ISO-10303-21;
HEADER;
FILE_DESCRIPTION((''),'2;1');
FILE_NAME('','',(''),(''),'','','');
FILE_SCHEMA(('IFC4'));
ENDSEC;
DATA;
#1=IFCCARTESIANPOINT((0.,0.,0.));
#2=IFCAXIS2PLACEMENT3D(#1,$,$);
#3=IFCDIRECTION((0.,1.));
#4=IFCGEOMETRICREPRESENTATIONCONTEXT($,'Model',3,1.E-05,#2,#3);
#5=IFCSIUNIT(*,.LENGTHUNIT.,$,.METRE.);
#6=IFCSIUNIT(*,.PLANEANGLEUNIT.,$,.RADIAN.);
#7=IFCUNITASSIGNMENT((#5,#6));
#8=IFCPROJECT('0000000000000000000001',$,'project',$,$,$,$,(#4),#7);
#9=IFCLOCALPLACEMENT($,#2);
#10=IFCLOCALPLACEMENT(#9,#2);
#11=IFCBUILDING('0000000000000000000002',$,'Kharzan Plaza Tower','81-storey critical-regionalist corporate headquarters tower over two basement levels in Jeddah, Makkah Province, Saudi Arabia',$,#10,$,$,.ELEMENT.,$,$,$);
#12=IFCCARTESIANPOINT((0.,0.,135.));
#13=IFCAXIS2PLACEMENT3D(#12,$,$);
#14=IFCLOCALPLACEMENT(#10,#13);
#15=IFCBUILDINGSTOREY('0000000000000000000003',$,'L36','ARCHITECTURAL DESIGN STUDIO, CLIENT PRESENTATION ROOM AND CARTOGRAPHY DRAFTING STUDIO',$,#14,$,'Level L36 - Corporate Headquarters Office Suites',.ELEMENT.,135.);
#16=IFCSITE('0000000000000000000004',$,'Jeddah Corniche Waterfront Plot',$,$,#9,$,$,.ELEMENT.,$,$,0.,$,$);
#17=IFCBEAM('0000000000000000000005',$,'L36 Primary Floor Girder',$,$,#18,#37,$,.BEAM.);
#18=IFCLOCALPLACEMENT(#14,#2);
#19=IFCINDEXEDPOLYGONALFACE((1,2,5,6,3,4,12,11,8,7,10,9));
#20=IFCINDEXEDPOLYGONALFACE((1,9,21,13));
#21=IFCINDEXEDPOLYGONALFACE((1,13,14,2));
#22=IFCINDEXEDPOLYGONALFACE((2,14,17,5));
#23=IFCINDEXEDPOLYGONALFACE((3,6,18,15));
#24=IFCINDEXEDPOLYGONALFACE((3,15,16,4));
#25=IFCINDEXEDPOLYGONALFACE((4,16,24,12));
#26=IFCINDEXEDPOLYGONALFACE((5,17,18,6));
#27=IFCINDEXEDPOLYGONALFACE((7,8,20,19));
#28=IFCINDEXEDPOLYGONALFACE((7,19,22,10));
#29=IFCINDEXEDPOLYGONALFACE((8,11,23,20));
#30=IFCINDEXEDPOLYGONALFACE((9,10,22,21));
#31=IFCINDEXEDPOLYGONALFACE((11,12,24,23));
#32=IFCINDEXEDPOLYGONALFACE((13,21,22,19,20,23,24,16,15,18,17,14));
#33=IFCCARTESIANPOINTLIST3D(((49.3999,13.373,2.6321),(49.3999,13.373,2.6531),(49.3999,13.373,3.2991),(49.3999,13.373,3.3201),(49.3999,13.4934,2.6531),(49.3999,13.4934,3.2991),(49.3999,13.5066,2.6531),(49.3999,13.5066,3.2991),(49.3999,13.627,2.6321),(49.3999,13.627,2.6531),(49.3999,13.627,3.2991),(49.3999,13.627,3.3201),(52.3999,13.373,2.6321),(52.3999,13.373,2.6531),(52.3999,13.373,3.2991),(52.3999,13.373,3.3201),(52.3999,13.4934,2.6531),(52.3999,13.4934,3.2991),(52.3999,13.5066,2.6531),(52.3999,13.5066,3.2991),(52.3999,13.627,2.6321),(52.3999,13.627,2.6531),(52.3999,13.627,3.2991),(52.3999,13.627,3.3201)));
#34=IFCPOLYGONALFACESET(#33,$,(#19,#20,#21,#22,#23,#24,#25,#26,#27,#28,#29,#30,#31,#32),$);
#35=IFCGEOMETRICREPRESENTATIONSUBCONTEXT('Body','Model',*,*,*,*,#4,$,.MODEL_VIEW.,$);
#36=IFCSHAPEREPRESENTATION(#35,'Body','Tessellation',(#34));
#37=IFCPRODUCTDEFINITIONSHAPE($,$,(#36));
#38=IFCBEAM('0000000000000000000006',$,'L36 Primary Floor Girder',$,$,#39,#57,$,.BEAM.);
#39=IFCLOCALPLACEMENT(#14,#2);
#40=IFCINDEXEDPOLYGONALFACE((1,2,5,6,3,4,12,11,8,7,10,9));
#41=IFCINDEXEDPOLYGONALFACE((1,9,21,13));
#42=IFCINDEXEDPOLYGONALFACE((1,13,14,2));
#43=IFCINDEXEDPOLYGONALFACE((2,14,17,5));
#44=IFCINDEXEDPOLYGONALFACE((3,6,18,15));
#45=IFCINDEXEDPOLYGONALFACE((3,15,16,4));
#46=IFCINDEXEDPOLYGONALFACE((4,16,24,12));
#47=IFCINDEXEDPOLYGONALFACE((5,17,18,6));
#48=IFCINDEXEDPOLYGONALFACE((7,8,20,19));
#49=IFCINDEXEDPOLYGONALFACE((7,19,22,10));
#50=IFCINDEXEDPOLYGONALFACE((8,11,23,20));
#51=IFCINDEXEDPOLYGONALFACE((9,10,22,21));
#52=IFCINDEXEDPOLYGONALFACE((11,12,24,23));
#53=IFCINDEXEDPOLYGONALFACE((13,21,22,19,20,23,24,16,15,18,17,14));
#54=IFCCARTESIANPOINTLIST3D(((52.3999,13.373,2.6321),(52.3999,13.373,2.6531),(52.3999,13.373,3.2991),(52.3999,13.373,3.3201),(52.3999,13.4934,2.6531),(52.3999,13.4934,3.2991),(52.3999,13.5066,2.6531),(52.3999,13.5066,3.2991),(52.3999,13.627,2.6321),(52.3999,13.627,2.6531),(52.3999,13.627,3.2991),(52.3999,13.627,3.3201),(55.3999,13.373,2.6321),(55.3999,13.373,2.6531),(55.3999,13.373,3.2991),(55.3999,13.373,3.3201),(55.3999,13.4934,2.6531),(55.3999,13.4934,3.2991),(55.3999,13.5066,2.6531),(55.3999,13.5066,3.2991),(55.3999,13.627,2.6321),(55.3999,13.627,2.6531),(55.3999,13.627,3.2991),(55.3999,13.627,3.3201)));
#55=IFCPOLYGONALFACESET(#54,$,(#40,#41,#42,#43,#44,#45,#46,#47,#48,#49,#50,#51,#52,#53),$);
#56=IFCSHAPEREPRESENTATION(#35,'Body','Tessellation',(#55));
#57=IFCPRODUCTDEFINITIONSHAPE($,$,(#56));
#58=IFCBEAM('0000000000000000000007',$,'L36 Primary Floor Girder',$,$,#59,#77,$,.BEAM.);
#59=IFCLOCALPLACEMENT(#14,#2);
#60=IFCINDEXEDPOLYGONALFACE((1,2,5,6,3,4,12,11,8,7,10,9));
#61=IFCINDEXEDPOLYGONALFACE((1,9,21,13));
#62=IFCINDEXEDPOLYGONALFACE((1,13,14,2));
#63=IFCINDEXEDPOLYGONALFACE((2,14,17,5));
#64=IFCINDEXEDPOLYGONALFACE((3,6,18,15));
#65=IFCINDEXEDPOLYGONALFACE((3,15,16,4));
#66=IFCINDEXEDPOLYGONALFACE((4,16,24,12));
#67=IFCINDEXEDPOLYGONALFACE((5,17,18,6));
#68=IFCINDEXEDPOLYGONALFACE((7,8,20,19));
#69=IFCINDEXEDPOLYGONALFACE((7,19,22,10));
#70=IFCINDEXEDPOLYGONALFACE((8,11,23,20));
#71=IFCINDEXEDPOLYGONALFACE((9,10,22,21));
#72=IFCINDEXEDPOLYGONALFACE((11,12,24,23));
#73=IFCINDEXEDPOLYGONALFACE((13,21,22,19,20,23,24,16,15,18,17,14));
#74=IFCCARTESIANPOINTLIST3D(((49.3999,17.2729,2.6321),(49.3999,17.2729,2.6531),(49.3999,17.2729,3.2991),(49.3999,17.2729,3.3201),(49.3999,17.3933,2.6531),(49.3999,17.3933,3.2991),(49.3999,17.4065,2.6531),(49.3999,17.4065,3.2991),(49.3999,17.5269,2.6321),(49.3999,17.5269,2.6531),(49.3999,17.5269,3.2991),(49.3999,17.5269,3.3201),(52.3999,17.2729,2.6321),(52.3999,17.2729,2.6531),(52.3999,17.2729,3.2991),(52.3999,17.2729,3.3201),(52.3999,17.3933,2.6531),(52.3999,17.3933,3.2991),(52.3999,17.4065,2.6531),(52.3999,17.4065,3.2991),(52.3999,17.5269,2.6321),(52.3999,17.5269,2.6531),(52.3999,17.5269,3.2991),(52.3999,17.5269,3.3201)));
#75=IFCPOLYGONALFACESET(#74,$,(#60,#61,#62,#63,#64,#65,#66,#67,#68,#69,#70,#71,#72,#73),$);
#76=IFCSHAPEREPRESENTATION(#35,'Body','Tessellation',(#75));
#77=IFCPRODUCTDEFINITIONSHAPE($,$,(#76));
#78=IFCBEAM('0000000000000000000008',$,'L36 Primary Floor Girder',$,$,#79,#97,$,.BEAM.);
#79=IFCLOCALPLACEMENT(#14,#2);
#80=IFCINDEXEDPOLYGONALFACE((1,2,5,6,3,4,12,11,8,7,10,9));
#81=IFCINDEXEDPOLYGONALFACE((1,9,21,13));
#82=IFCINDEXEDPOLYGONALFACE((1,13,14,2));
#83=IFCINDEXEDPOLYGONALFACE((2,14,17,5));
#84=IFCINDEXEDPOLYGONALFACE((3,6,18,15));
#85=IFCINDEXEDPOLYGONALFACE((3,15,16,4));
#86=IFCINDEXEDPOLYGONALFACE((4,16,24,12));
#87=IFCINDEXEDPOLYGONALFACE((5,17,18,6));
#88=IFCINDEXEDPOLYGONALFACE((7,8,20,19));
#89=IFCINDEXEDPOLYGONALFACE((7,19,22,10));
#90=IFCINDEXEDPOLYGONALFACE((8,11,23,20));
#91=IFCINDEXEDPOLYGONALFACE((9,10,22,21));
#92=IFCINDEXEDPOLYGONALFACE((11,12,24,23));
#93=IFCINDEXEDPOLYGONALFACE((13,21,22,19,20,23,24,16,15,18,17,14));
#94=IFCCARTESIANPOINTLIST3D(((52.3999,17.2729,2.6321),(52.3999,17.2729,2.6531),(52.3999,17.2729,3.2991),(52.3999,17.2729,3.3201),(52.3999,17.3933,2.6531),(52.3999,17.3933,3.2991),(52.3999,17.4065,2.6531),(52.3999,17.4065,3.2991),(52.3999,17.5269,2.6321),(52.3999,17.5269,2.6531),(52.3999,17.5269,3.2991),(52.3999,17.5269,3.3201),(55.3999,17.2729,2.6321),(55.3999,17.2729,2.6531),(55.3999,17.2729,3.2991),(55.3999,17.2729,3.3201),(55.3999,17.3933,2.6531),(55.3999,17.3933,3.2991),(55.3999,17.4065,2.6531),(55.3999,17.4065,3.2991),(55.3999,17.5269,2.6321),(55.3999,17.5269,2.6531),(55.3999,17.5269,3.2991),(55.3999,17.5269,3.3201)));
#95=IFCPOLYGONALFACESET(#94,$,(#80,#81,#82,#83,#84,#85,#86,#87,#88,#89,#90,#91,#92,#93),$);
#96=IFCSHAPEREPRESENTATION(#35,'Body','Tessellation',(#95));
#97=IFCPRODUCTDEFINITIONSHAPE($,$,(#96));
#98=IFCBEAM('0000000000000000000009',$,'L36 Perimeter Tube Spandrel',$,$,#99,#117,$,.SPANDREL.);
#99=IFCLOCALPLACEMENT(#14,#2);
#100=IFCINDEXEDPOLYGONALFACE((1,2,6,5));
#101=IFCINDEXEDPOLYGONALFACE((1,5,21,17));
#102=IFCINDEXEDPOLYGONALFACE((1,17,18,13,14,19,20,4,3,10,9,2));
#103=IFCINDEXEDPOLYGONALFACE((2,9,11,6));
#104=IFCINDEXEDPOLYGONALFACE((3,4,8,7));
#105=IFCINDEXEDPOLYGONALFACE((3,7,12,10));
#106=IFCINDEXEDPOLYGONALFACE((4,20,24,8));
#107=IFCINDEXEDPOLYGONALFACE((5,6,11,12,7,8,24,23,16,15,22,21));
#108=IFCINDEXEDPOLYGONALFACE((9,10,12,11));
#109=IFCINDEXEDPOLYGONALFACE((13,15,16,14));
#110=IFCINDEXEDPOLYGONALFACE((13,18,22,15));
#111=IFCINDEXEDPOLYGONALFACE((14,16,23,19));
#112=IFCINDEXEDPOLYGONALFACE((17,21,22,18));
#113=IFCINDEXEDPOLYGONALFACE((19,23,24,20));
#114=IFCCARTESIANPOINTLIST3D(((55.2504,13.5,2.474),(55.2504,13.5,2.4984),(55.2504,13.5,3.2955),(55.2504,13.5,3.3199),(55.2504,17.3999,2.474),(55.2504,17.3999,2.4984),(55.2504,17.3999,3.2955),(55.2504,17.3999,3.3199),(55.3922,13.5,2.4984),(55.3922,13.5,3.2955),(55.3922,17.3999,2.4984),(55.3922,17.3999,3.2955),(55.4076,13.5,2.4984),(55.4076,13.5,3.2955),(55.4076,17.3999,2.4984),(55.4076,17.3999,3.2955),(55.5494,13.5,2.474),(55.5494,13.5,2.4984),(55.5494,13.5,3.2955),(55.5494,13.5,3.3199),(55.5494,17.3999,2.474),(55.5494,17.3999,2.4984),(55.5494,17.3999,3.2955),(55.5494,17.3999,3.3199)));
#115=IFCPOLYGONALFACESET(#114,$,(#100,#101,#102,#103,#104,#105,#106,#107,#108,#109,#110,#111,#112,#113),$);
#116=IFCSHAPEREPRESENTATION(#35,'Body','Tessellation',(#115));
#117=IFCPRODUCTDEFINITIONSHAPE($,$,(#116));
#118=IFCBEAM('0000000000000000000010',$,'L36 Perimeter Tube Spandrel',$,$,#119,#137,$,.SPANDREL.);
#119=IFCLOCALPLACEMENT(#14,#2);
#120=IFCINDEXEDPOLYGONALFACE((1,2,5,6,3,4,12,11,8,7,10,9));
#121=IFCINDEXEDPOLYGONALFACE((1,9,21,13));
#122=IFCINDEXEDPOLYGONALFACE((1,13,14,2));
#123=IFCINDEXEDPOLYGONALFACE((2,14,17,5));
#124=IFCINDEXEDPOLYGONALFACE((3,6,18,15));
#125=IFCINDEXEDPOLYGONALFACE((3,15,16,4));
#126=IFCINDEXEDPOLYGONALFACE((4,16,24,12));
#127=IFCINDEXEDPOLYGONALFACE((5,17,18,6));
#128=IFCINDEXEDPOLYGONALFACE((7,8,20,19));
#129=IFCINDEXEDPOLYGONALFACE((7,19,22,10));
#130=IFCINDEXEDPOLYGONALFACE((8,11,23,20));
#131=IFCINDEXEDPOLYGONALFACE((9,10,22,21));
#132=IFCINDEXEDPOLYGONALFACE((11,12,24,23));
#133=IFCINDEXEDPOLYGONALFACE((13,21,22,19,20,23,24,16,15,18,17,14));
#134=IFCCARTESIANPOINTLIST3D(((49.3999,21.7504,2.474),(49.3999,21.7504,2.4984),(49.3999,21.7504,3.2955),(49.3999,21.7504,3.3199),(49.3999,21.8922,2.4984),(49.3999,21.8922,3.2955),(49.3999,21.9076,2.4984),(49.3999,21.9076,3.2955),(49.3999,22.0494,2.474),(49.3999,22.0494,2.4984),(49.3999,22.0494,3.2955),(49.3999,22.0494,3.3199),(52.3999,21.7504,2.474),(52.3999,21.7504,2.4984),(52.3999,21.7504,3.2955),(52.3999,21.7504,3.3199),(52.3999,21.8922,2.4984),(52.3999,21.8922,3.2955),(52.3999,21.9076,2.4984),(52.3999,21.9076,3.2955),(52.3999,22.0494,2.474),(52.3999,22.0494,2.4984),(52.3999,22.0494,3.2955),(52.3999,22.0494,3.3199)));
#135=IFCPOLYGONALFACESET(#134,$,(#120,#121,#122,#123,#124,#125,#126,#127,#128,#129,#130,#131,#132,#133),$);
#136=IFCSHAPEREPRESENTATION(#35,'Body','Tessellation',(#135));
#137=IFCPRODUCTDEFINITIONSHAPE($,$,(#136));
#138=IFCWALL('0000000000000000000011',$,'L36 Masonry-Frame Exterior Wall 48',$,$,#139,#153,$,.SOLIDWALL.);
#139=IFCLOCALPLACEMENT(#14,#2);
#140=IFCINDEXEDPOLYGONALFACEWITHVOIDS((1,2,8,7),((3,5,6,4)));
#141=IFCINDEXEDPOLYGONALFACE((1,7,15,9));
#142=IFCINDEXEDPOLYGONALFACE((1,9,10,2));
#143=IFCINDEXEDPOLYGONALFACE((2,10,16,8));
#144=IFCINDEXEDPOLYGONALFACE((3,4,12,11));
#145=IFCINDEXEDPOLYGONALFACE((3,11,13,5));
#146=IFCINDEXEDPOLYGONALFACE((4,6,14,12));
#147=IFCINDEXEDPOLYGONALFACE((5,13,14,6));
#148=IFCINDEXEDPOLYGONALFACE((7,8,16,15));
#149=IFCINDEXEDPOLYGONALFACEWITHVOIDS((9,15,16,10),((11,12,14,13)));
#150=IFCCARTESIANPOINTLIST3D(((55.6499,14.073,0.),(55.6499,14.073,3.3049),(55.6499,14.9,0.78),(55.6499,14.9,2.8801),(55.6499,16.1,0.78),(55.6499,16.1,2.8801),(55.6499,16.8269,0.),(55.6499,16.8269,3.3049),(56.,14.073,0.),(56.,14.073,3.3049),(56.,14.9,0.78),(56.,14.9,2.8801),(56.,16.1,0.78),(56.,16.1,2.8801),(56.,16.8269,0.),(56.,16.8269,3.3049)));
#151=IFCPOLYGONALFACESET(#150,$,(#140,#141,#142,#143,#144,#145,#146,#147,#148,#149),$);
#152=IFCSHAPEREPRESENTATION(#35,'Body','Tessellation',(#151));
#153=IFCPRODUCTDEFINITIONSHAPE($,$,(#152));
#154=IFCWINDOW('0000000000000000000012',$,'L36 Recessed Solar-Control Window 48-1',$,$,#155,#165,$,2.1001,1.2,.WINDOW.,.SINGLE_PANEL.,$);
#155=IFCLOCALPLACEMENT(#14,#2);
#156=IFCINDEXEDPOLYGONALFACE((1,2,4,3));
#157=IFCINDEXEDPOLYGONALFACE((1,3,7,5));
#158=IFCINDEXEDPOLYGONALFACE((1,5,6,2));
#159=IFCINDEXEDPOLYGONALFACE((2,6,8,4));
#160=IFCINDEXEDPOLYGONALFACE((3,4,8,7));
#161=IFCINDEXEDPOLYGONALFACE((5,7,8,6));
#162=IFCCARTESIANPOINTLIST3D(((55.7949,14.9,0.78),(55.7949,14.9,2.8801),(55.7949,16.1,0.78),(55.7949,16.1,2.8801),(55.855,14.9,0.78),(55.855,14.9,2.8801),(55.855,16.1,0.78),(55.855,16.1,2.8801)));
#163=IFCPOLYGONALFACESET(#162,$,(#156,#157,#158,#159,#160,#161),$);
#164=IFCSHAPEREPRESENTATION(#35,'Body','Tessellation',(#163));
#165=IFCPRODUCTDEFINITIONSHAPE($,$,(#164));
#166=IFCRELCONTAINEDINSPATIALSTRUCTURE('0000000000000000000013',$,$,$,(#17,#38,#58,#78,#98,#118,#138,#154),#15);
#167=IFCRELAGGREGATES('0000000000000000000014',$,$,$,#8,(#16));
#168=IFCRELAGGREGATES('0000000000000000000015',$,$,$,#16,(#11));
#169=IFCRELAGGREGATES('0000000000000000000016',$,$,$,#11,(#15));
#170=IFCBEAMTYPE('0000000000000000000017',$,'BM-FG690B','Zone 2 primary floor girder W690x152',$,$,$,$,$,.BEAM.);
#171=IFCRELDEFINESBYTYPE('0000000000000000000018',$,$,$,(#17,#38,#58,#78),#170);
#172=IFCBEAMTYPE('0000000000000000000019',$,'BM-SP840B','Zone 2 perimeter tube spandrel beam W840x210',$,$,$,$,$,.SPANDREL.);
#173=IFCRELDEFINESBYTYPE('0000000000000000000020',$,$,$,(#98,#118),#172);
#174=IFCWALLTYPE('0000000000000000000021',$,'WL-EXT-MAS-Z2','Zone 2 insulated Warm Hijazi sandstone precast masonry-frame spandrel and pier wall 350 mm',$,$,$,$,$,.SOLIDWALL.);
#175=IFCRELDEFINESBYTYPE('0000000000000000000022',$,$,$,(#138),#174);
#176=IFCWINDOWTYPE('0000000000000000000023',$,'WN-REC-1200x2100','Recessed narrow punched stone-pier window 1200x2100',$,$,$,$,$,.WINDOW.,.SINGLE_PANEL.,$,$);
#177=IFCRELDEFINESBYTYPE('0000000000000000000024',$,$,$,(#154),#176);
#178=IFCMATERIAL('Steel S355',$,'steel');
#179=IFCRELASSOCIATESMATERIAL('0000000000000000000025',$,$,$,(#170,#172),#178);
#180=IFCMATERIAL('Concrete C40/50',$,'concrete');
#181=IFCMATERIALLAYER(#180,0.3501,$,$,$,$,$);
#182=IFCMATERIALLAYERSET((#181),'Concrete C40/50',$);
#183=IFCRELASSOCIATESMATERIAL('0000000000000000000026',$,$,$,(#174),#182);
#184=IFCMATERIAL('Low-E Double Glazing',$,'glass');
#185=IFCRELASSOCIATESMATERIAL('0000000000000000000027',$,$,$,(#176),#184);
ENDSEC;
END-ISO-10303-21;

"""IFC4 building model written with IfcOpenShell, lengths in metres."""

from ifc_helpers import new_model, si_unit, direction, frame, frame_2d, origin, origin_2d, place, context, subcontext, project, spatial, rectangle, i_section, extrude, source, transform, mapped, material, layer, layer_set, material_profile, profile_set, type_object, element, fill, save


model = new_model("IFC4")

# Units and contexts
model_context = context("Model", 3, precision=1e-05, world=origin(), true_north=direction((0.0, 1.0)))
body_context = subcontext(model_context, "Body", "Model", "MODEL_VIEW")
ifc_project = project(units=[si_unit("LENGTHUNIT", "METRE"), si_unit("PLANEANGLEUNIT", "RADIAN")], contexts=[model_context])

# Site, building, storey
site_placement = place(None, origin())
site = spatial("IfcSite", under=ifc_project, at=site_placement, Name="Jeddah Corniche Waterfront Plot", CompositionType="ELEMENT", RefElevation=0.0)
building_placement = place(site_placement, origin())
building = spatial("IfcBuilding", under=site, at=building_placement, Name="Kharzan Plaza Tower", Description="81-storey critical-regionalist corporate headquarters tower over two basement levels in Jeddah, Makkah Province, Saudi Arabia", CompositionType="ELEMENT")
storey_placement = place(building_placement, frame((0.0, 0.0, 135.0)))
storey = spatial("IfcBuildingStorey", under=building, at=storey_placement, Name="L36", Description="ARCHITECTURAL DESIGN STUDIO, CLIENT PRESENTATION ROOM AND CARTOGRAPHY DRAFTING STUDIO", LongName="Level L36 - Corporate Headquarters Office Suites", CompositionType="ELEMENT", Elevation=135.0)

# Beams
ifc_material_1 = material(Name="Steel S355", Category="steel")
ifc_material_profile_1 = material_profile(ifc_material_1, i_section(OverallWidth=0.2539, OverallDepth=0.688, WebThickness=0.0132, FlangeThickness=0.021, at=origin_2d()), Name="W690x152")
ifc_profile_set_1 = profile_set([ifc_material_profile_1], Name="Steel S355")
beam_type_1 = type_object("IfcBeamType", Name="BM-FG690B", Description="Zone 2 primary floor girder W690x152", PredefinedType="BEAM", material=ifc_profile_set_1)
shared_shape_1 = source(origin(), body_context, "Body", "SweptSolid", [
    extrude(i_section(OverallWidth=0.2539, OverallDepth=0.688, WebThickness=0.0132, FlangeThickness=0.021, at=origin_2d()), origin(), (0.0, 0.0, 1.0), 3.0),
])
for number, where, z_axis, x_axis, name in (
    (1, (49.3999, 13.5, 2.9761), (1.0, 0.0, 0.0), (0.0, 1.0, 0.0), "L36 Primary Floor Girder"),
    (2, (52.3999, 13.5, 2.9761), (1.0, 0.0, 0.0), (0.0, 1.0, 0.0), "L36 Primary Floor Girder"),
    (3, (49.3999, 17.3999, 2.9761), (1.0, 0.0, 0.0), (0.0, 1.0, 0.0), "L36 Primary Floor Girder"),
    (4, (52.3999, 17.3999, 2.9761), (1.0, 0.0, 0.0), (0.0, 1.0, 0.0), "L36 Primary Floor Girder"),
):
    element("IfcBeam", number, at=place(storey_placement, frame(where, z_axis=z_axis, x_axis=x_axis)), inside=storey, type_object=beam_type_1, Name=name, PredefinedType="BEAM", context=body_context, shape_type="MappedRepresentation", body=[
        mapped(shared_shape_1, transform((0.0, 0.0, 0.0), x_axis=(1.0, 0.0, 0.0), y_axis=(0.0, 1.0, 0.0), z_axis=(0.0, 0.0, 1.0))),
    ])
ifc_material_profile_2 = material_profile(ifc_material_1, i_section(OverallWidth=0.2991, OverallDepth=0.8459, WebThickness=0.0154, FlangeThickness=0.0244, at=origin_2d()), Name="W840x210")
ifc_profile_set_2 = profile_set([ifc_material_profile_2], Name="Steel S355")
beam_type_2 = type_object("IfcBeamType", Name="BM-SP840B", Description="Zone 2 perimeter tube spandrel beam W840x210", PredefinedType="SPANDREL", material=ifc_profile_set_2)
shared_shape_2 = source(origin(), body_context, "Body", "SweptSolid", [
    extrude(i_section(OverallWidth=0.2991, OverallDepth=0.8459, WebThickness=0.0154, FlangeThickness=0.0244, at=origin_2d()), origin(), (0.0, 0.0, 1.0), 3.8999),
])
beam_1_placement = place(storey_placement, frame((55.3999, 13.5, 2.897), z_axis=(0.0, 1.0, 0.0), x_axis=(-1.0, 0.0, 0.0)))
element("IfcBeam", 5, at=beam_1_placement, inside=storey, type_object=beam_type_2, Name="L36 Perimeter Tube Spandrel", PredefinedType="SPANDREL", context=body_context, shape_type="MappedRepresentation", body=[
    mapped(shared_shape_2, transform((0.0, 0.0, 0.0), x_axis=(1.0, 0.0, 0.0), y_axis=(0.0, 1.0, 0.0), z_axis=(0.0, 0.0, 1.0))),
])
shared_shape_3 = source(origin(), body_context, "Body", "SweptSolid", [
    extrude(i_section(OverallWidth=0.2991, OverallDepth=0.8459, WebThickness=0.0154, FlangeThickness=0.0244, at=origin_2d()), origin(), (0.0, 0.0, 1.0), 3.0),
])
beam_2_placement = place(storey_placement, frame((49.3999, 21.8999, 2.897), z_axis=(1.0, 0.0, 0.0), x_axis=(0.0, 1.0, 0.0)))
element("IfcBeam", 6, at=beam_2_placement, inside=storey, type_object=beam_type_2, Name="L36 Perimeter Tube Spandrel", PredefinedType="SPANDREL", context=body_context, shape_type="MappedRepresentation", body=[
    mapped(shared_shape_3, transform((0.0, 0.0, 0.0), x_axis=(1.0, 0.0, 0.0), y_axis=(0.0, 1.0, 0.0), z_axis=(0.0, 0.0, 1.0))),
])

# Wall, opening, window
ifc_material_2 = material(Name="Concrete C40/50", Category="concrete")
ifc_layer = layer(ifc_material_2, 0.3501)
ifc_layer_set = layer_set([ifc_layer], Name="Concrete C40/50")
wall_type = type_object("IfcWallType", Name="WL-EXT-MAS-Z2", Description="Zone 2 insulated Warm Hijazi sandstone precast masonry-frame spandrel and pier wall 350 mm", PredefinedType="SOLIDWALL", material=ifc_layer_set)
wall_1_placement = place(storey_placement, frame((55.825, 14.073, 0.0), z_axis=(0.0, 0.0, 1.0), x_axis=(0.0, 1.0, 0.0)))
wall_1 = element("IfcWall", 7, at=wall_1_placement, inside=storey, type_object=wall_type, Name="L36 Masonry-Frame Exterior Wall 48", PredefinedType="SOLIDWALL", context=body_context, shape_type="SweptSolid", body=[
    extrude(rectangle(XDim=2.7539, YDim=0.3501, at=frame_2d((1.377, 0.0))), origin(), (0.0, 0.0, 1.0), 3.3049),
])
opening_1_placement = place(wall_1_placement, frame((0.8269, 0.0, 0.78)))
opening_1 = element("IfcOpeningElement", 8, at=opening_1_placement, cuts=wall_1, PredefinedType="OPENING", context=body_context, shape_type="SweptSolid", body=[
    extrude(rectangle(XDim=1.2, YDim=2.1001, at=frame_2d((0.6001, 1.05))), frame((0.0, 0.1851, 0.0), z_axis=(0.0, -1.0, 0.0), x_axis=(1.0, 0.0, 0.0)), (0.0, 0.0, 1.0), 0.3701),
])
ifc_material_3 = material(Name="Low-E Double Glazing", Category="glass")
window_type_1 = type_object("IfcWindowType", Name="WN-REC-1200x2100", Description="Recessed narrow punched stone-pier window 1200x2100", PartitioningType="SINGLE_PANEL", PredefinedType="WINDOW", material=ifc_material_3)
shared_shape_4 = source(origin(), body_context, "Body", "SweptSolid", [
    extrude(rectangle(XDim=1.2, YDim=2.1001, at=frame_2d((0.6001, 1.05))), frame((0.0, 0.03, 0.0), z_axis=(0.0, -1.0, 0.0), x_axis=(1.0, 0.0, 0.0)), (0.0, 0.0, 1.0), 0.0601),
])
window_1_placement = place(opening_1_placement, origin())
window_1 = element("IfcWindow", 9, at=window_1_placement, inside=storey, type_object=window_type_1, Name="L36 Recessed Solar-Control Window 48-1", OverallHeight=2.1001, OverallWidth=1.2, PartitioningType="SINGLE_PANEL", PredefinedType="WINDOW", context=body_context, shape_type="MappedRepresentation", body=[
    mapped(shared_shape_4, transform((0.0, 0.0, 0.0), x_axis=(1.0, 0.0, 0.0), y_axis=(0.0, 1.0, 0.0), z_axis=(0.0, 0.0, 1.0))),
])
fill(opening_1, window_1)

save(model, "model.ifc")
